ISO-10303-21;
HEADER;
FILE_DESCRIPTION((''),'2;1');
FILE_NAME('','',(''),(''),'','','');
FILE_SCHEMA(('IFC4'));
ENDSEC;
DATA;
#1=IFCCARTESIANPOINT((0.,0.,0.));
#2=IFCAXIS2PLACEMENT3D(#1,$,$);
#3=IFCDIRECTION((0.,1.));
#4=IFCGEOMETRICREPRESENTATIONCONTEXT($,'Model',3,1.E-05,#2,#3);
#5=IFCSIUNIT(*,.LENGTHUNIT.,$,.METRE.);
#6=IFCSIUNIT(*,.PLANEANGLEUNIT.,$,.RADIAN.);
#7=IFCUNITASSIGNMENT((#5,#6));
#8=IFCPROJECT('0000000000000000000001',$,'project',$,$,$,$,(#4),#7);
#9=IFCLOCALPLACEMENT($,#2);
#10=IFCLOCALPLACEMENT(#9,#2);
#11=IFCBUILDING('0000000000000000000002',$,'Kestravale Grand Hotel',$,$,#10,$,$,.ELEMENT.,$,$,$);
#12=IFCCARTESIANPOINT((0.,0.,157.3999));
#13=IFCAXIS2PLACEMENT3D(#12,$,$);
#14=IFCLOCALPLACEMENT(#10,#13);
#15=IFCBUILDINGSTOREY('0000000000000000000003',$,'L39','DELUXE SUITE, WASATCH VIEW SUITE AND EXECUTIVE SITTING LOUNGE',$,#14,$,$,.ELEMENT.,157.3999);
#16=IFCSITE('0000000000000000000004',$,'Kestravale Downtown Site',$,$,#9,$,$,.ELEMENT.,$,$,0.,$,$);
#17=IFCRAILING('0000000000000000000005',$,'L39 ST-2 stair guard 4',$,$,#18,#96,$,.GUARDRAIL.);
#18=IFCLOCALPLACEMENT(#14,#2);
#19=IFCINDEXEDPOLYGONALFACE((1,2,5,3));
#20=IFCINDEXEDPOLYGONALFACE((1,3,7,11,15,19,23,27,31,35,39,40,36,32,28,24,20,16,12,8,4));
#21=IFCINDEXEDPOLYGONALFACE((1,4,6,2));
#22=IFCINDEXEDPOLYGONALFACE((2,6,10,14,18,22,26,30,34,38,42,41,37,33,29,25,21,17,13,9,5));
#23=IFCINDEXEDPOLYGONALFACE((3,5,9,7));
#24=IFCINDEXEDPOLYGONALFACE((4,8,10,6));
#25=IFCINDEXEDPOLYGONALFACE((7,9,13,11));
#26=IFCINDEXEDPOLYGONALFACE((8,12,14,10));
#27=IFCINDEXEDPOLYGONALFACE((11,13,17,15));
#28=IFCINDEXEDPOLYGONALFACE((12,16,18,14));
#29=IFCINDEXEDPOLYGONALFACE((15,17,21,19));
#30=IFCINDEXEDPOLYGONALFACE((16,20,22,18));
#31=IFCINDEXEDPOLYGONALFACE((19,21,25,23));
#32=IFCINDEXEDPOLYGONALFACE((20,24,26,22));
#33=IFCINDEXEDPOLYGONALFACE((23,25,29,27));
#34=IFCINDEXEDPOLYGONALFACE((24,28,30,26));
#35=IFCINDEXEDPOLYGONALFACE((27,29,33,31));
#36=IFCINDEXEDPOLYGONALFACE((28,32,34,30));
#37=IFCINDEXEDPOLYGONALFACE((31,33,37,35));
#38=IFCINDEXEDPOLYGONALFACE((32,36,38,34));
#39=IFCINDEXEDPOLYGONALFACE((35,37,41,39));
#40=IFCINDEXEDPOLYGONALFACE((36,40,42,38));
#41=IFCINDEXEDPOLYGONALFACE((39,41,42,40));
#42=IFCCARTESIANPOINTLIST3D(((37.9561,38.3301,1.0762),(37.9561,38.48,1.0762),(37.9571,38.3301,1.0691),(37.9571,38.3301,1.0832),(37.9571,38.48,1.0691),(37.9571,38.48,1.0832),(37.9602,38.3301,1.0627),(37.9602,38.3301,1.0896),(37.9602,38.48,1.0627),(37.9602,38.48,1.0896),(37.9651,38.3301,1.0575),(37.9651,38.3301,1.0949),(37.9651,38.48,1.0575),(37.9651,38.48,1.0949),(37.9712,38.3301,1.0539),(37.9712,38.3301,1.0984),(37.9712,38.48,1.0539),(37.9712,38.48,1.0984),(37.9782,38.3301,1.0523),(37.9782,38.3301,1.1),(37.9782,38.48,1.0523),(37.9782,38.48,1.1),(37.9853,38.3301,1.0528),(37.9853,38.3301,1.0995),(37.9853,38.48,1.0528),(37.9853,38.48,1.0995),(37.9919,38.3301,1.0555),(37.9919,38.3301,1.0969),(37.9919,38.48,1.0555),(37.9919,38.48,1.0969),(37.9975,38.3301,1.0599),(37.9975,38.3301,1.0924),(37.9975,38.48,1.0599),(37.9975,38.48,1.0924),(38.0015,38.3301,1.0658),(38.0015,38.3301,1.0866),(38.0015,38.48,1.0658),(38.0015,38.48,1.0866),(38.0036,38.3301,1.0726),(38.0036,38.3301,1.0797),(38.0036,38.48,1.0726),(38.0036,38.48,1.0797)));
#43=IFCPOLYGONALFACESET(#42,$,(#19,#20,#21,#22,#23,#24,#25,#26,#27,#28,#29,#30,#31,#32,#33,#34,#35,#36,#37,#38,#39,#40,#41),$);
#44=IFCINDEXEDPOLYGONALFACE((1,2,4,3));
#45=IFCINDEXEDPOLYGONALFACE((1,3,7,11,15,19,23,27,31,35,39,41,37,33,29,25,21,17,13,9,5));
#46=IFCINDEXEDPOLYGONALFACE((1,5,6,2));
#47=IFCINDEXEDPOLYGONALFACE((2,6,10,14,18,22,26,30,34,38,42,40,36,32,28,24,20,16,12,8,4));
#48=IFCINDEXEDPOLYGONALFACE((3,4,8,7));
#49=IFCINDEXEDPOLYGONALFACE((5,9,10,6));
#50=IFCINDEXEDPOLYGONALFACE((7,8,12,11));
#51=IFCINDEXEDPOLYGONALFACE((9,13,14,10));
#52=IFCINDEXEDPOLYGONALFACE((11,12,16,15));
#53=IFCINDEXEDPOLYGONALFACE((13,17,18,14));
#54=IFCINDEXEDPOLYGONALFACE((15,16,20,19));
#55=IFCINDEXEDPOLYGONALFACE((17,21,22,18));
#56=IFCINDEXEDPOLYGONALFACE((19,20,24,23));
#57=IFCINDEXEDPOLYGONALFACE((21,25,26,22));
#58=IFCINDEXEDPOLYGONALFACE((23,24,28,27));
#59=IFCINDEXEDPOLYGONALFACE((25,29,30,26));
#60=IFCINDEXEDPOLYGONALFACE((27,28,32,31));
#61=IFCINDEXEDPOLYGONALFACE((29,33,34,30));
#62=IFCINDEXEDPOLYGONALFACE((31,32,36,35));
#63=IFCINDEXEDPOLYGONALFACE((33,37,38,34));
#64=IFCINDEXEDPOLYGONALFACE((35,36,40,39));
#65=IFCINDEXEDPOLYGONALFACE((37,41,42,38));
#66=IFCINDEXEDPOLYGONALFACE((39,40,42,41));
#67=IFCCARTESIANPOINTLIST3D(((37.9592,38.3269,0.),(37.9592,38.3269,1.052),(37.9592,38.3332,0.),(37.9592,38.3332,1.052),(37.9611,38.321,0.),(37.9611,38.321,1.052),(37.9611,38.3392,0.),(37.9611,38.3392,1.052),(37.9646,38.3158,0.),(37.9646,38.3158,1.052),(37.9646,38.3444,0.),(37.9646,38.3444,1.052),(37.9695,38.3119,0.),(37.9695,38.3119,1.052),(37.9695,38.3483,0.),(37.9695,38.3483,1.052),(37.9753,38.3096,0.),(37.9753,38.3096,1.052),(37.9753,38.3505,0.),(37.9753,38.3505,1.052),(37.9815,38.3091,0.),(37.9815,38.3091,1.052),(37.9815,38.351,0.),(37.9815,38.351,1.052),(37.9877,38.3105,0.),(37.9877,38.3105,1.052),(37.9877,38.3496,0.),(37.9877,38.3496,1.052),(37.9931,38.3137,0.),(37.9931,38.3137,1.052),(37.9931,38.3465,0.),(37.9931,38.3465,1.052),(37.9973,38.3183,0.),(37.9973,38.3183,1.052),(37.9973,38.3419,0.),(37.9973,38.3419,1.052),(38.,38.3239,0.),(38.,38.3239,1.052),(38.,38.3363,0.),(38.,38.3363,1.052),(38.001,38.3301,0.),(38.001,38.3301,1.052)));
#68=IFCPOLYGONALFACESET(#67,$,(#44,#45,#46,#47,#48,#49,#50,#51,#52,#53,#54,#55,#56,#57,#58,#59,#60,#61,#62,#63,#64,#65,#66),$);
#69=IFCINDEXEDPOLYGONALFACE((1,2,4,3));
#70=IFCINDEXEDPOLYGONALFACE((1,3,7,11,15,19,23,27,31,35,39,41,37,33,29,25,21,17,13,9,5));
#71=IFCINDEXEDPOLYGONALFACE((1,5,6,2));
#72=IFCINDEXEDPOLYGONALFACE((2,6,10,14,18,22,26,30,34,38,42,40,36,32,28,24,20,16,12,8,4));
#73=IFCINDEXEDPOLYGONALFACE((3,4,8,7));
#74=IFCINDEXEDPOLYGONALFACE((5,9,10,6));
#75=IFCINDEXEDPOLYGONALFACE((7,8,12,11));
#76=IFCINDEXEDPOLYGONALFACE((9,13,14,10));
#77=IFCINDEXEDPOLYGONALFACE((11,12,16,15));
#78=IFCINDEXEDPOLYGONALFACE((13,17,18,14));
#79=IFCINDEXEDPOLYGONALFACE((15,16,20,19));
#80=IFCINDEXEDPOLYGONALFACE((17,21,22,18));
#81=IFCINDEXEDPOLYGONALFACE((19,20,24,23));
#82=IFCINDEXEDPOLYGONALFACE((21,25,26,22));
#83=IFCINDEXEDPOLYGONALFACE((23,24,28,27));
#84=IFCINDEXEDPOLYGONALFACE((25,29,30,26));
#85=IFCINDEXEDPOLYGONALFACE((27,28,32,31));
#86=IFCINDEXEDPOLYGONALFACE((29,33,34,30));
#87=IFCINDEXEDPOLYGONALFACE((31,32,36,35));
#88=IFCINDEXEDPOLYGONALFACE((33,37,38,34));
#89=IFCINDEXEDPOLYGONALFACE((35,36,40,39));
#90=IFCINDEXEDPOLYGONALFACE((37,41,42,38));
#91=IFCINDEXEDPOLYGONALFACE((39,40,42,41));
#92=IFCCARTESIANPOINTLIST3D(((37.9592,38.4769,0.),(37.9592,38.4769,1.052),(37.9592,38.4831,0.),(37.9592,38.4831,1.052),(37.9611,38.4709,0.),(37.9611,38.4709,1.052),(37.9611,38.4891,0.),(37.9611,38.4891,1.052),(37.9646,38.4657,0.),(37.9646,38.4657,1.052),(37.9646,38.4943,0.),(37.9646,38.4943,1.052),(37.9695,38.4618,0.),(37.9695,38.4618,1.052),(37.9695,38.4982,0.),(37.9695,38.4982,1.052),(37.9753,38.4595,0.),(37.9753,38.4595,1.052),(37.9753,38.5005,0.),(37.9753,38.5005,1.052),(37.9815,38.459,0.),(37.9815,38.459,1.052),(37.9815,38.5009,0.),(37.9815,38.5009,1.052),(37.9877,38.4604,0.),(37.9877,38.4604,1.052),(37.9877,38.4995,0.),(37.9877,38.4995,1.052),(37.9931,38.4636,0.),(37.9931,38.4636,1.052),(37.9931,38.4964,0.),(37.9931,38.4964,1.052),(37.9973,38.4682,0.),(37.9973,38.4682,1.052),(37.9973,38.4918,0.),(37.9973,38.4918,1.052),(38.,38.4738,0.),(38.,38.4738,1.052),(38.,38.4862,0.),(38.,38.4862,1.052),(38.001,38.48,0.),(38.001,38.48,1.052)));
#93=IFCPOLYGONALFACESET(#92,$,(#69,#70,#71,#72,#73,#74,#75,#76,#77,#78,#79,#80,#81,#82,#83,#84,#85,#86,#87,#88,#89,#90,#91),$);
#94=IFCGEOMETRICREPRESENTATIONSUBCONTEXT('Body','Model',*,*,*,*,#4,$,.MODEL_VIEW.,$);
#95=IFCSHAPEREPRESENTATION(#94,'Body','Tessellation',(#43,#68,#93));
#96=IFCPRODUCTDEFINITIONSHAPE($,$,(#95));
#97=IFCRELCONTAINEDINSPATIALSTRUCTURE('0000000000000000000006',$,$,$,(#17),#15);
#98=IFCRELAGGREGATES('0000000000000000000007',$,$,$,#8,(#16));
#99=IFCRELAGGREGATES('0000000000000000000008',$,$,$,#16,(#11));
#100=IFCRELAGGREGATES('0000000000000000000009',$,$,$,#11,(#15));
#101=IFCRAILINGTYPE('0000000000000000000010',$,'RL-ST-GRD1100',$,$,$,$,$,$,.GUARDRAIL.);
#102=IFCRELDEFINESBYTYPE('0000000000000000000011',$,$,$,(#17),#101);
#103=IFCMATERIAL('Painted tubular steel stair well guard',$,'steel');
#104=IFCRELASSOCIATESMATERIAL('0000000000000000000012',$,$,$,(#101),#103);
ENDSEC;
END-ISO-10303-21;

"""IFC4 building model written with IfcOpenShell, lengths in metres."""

from ifc_helpers import new_model, si_unit, direction, frame, origin, origin_2d, place, context, subcontext, project, spatial, circle, extrude, material, type_object, element, save


model = new_model("IFC4")

# Units and contexts
model_context = context("Model", 3, precision=1e-05, world=origin(), true_north=direction((0.0, 1.0)))
body_context = subcontext(model_context, "Body", "Model", "MODEL_VIEW")
ifc_project = project(units=[si_unit("LENGTHUNIT", "METRE"), si_unit("PLANEANGLEUNIT", "RADIAN")], contexts=[model_context])

# Site, building, storey
site_placement = place(None, origin())
site = spatial("IfcSite", under=ifc_project, at=site_placement, Name="Kestravale Downtown Site", CompositionType="ELEMENT", RefElevation=0.0)
building_placement = place(site_placement, origin())
building = spatial("IfcBuilding", under=site, at=building_placement, Name="Kestravale Grand Hotel", CompositionType="ELEMENT")
storey_placement = place(building_placement, frame((0.0, 0.0, 157.3999)))
storey = spatial("IfcBuildingStorey", under=building, at=storey_placement, Name="L39", Description="DELUXE SUITE, WASATCH VIEW SUITE AND EXECUTIVE SITTING LOUNGE", CompositionType="ELEMENT", Elevation=157.3999)

# Railing
ifc_material_1 = material(Name="Painted tubular steel stair well guard", Category="steel")
railing_type_1 = type_object("IfcRailingType", Name="RL-ST-GRD1100", PredefinedType="GUARDRAIL", material=ifc_material_1)
railing_1_placement = place(storey_placement, frame((37.98, 38.3301, 0.0)))
element("IfcRailing", 1, at=railing_1_placement, inside=storey, type_object=railing_type_1, Name="L39 ST-2 stair guard 4", PredefinedType="GUARDRAIL", context=body_context, shape_type="SweptSolid", body=[
    extrude(circle(Radius=0.0239, at=origin_2d()), frame((0.0, 0.0, 1.0762), z_axis=(0.0, 1.0, 0.0), x_axis=(-1.0, 0.0, 0.0)), (0.0, 0.0, 1.0), 0.1499),
    extrude(circle(Radius=0.021, at=origin_2d()), origin(), (0.0, 0.0, 1.0), 1.052),
    extrude(circle(Radius=0.021, at=origin_2d()), frame((0.0, 0.1499, 0.0)), (0.0, 0.0, 1.0), 1.052),
])

save(model, "model.ifc")
